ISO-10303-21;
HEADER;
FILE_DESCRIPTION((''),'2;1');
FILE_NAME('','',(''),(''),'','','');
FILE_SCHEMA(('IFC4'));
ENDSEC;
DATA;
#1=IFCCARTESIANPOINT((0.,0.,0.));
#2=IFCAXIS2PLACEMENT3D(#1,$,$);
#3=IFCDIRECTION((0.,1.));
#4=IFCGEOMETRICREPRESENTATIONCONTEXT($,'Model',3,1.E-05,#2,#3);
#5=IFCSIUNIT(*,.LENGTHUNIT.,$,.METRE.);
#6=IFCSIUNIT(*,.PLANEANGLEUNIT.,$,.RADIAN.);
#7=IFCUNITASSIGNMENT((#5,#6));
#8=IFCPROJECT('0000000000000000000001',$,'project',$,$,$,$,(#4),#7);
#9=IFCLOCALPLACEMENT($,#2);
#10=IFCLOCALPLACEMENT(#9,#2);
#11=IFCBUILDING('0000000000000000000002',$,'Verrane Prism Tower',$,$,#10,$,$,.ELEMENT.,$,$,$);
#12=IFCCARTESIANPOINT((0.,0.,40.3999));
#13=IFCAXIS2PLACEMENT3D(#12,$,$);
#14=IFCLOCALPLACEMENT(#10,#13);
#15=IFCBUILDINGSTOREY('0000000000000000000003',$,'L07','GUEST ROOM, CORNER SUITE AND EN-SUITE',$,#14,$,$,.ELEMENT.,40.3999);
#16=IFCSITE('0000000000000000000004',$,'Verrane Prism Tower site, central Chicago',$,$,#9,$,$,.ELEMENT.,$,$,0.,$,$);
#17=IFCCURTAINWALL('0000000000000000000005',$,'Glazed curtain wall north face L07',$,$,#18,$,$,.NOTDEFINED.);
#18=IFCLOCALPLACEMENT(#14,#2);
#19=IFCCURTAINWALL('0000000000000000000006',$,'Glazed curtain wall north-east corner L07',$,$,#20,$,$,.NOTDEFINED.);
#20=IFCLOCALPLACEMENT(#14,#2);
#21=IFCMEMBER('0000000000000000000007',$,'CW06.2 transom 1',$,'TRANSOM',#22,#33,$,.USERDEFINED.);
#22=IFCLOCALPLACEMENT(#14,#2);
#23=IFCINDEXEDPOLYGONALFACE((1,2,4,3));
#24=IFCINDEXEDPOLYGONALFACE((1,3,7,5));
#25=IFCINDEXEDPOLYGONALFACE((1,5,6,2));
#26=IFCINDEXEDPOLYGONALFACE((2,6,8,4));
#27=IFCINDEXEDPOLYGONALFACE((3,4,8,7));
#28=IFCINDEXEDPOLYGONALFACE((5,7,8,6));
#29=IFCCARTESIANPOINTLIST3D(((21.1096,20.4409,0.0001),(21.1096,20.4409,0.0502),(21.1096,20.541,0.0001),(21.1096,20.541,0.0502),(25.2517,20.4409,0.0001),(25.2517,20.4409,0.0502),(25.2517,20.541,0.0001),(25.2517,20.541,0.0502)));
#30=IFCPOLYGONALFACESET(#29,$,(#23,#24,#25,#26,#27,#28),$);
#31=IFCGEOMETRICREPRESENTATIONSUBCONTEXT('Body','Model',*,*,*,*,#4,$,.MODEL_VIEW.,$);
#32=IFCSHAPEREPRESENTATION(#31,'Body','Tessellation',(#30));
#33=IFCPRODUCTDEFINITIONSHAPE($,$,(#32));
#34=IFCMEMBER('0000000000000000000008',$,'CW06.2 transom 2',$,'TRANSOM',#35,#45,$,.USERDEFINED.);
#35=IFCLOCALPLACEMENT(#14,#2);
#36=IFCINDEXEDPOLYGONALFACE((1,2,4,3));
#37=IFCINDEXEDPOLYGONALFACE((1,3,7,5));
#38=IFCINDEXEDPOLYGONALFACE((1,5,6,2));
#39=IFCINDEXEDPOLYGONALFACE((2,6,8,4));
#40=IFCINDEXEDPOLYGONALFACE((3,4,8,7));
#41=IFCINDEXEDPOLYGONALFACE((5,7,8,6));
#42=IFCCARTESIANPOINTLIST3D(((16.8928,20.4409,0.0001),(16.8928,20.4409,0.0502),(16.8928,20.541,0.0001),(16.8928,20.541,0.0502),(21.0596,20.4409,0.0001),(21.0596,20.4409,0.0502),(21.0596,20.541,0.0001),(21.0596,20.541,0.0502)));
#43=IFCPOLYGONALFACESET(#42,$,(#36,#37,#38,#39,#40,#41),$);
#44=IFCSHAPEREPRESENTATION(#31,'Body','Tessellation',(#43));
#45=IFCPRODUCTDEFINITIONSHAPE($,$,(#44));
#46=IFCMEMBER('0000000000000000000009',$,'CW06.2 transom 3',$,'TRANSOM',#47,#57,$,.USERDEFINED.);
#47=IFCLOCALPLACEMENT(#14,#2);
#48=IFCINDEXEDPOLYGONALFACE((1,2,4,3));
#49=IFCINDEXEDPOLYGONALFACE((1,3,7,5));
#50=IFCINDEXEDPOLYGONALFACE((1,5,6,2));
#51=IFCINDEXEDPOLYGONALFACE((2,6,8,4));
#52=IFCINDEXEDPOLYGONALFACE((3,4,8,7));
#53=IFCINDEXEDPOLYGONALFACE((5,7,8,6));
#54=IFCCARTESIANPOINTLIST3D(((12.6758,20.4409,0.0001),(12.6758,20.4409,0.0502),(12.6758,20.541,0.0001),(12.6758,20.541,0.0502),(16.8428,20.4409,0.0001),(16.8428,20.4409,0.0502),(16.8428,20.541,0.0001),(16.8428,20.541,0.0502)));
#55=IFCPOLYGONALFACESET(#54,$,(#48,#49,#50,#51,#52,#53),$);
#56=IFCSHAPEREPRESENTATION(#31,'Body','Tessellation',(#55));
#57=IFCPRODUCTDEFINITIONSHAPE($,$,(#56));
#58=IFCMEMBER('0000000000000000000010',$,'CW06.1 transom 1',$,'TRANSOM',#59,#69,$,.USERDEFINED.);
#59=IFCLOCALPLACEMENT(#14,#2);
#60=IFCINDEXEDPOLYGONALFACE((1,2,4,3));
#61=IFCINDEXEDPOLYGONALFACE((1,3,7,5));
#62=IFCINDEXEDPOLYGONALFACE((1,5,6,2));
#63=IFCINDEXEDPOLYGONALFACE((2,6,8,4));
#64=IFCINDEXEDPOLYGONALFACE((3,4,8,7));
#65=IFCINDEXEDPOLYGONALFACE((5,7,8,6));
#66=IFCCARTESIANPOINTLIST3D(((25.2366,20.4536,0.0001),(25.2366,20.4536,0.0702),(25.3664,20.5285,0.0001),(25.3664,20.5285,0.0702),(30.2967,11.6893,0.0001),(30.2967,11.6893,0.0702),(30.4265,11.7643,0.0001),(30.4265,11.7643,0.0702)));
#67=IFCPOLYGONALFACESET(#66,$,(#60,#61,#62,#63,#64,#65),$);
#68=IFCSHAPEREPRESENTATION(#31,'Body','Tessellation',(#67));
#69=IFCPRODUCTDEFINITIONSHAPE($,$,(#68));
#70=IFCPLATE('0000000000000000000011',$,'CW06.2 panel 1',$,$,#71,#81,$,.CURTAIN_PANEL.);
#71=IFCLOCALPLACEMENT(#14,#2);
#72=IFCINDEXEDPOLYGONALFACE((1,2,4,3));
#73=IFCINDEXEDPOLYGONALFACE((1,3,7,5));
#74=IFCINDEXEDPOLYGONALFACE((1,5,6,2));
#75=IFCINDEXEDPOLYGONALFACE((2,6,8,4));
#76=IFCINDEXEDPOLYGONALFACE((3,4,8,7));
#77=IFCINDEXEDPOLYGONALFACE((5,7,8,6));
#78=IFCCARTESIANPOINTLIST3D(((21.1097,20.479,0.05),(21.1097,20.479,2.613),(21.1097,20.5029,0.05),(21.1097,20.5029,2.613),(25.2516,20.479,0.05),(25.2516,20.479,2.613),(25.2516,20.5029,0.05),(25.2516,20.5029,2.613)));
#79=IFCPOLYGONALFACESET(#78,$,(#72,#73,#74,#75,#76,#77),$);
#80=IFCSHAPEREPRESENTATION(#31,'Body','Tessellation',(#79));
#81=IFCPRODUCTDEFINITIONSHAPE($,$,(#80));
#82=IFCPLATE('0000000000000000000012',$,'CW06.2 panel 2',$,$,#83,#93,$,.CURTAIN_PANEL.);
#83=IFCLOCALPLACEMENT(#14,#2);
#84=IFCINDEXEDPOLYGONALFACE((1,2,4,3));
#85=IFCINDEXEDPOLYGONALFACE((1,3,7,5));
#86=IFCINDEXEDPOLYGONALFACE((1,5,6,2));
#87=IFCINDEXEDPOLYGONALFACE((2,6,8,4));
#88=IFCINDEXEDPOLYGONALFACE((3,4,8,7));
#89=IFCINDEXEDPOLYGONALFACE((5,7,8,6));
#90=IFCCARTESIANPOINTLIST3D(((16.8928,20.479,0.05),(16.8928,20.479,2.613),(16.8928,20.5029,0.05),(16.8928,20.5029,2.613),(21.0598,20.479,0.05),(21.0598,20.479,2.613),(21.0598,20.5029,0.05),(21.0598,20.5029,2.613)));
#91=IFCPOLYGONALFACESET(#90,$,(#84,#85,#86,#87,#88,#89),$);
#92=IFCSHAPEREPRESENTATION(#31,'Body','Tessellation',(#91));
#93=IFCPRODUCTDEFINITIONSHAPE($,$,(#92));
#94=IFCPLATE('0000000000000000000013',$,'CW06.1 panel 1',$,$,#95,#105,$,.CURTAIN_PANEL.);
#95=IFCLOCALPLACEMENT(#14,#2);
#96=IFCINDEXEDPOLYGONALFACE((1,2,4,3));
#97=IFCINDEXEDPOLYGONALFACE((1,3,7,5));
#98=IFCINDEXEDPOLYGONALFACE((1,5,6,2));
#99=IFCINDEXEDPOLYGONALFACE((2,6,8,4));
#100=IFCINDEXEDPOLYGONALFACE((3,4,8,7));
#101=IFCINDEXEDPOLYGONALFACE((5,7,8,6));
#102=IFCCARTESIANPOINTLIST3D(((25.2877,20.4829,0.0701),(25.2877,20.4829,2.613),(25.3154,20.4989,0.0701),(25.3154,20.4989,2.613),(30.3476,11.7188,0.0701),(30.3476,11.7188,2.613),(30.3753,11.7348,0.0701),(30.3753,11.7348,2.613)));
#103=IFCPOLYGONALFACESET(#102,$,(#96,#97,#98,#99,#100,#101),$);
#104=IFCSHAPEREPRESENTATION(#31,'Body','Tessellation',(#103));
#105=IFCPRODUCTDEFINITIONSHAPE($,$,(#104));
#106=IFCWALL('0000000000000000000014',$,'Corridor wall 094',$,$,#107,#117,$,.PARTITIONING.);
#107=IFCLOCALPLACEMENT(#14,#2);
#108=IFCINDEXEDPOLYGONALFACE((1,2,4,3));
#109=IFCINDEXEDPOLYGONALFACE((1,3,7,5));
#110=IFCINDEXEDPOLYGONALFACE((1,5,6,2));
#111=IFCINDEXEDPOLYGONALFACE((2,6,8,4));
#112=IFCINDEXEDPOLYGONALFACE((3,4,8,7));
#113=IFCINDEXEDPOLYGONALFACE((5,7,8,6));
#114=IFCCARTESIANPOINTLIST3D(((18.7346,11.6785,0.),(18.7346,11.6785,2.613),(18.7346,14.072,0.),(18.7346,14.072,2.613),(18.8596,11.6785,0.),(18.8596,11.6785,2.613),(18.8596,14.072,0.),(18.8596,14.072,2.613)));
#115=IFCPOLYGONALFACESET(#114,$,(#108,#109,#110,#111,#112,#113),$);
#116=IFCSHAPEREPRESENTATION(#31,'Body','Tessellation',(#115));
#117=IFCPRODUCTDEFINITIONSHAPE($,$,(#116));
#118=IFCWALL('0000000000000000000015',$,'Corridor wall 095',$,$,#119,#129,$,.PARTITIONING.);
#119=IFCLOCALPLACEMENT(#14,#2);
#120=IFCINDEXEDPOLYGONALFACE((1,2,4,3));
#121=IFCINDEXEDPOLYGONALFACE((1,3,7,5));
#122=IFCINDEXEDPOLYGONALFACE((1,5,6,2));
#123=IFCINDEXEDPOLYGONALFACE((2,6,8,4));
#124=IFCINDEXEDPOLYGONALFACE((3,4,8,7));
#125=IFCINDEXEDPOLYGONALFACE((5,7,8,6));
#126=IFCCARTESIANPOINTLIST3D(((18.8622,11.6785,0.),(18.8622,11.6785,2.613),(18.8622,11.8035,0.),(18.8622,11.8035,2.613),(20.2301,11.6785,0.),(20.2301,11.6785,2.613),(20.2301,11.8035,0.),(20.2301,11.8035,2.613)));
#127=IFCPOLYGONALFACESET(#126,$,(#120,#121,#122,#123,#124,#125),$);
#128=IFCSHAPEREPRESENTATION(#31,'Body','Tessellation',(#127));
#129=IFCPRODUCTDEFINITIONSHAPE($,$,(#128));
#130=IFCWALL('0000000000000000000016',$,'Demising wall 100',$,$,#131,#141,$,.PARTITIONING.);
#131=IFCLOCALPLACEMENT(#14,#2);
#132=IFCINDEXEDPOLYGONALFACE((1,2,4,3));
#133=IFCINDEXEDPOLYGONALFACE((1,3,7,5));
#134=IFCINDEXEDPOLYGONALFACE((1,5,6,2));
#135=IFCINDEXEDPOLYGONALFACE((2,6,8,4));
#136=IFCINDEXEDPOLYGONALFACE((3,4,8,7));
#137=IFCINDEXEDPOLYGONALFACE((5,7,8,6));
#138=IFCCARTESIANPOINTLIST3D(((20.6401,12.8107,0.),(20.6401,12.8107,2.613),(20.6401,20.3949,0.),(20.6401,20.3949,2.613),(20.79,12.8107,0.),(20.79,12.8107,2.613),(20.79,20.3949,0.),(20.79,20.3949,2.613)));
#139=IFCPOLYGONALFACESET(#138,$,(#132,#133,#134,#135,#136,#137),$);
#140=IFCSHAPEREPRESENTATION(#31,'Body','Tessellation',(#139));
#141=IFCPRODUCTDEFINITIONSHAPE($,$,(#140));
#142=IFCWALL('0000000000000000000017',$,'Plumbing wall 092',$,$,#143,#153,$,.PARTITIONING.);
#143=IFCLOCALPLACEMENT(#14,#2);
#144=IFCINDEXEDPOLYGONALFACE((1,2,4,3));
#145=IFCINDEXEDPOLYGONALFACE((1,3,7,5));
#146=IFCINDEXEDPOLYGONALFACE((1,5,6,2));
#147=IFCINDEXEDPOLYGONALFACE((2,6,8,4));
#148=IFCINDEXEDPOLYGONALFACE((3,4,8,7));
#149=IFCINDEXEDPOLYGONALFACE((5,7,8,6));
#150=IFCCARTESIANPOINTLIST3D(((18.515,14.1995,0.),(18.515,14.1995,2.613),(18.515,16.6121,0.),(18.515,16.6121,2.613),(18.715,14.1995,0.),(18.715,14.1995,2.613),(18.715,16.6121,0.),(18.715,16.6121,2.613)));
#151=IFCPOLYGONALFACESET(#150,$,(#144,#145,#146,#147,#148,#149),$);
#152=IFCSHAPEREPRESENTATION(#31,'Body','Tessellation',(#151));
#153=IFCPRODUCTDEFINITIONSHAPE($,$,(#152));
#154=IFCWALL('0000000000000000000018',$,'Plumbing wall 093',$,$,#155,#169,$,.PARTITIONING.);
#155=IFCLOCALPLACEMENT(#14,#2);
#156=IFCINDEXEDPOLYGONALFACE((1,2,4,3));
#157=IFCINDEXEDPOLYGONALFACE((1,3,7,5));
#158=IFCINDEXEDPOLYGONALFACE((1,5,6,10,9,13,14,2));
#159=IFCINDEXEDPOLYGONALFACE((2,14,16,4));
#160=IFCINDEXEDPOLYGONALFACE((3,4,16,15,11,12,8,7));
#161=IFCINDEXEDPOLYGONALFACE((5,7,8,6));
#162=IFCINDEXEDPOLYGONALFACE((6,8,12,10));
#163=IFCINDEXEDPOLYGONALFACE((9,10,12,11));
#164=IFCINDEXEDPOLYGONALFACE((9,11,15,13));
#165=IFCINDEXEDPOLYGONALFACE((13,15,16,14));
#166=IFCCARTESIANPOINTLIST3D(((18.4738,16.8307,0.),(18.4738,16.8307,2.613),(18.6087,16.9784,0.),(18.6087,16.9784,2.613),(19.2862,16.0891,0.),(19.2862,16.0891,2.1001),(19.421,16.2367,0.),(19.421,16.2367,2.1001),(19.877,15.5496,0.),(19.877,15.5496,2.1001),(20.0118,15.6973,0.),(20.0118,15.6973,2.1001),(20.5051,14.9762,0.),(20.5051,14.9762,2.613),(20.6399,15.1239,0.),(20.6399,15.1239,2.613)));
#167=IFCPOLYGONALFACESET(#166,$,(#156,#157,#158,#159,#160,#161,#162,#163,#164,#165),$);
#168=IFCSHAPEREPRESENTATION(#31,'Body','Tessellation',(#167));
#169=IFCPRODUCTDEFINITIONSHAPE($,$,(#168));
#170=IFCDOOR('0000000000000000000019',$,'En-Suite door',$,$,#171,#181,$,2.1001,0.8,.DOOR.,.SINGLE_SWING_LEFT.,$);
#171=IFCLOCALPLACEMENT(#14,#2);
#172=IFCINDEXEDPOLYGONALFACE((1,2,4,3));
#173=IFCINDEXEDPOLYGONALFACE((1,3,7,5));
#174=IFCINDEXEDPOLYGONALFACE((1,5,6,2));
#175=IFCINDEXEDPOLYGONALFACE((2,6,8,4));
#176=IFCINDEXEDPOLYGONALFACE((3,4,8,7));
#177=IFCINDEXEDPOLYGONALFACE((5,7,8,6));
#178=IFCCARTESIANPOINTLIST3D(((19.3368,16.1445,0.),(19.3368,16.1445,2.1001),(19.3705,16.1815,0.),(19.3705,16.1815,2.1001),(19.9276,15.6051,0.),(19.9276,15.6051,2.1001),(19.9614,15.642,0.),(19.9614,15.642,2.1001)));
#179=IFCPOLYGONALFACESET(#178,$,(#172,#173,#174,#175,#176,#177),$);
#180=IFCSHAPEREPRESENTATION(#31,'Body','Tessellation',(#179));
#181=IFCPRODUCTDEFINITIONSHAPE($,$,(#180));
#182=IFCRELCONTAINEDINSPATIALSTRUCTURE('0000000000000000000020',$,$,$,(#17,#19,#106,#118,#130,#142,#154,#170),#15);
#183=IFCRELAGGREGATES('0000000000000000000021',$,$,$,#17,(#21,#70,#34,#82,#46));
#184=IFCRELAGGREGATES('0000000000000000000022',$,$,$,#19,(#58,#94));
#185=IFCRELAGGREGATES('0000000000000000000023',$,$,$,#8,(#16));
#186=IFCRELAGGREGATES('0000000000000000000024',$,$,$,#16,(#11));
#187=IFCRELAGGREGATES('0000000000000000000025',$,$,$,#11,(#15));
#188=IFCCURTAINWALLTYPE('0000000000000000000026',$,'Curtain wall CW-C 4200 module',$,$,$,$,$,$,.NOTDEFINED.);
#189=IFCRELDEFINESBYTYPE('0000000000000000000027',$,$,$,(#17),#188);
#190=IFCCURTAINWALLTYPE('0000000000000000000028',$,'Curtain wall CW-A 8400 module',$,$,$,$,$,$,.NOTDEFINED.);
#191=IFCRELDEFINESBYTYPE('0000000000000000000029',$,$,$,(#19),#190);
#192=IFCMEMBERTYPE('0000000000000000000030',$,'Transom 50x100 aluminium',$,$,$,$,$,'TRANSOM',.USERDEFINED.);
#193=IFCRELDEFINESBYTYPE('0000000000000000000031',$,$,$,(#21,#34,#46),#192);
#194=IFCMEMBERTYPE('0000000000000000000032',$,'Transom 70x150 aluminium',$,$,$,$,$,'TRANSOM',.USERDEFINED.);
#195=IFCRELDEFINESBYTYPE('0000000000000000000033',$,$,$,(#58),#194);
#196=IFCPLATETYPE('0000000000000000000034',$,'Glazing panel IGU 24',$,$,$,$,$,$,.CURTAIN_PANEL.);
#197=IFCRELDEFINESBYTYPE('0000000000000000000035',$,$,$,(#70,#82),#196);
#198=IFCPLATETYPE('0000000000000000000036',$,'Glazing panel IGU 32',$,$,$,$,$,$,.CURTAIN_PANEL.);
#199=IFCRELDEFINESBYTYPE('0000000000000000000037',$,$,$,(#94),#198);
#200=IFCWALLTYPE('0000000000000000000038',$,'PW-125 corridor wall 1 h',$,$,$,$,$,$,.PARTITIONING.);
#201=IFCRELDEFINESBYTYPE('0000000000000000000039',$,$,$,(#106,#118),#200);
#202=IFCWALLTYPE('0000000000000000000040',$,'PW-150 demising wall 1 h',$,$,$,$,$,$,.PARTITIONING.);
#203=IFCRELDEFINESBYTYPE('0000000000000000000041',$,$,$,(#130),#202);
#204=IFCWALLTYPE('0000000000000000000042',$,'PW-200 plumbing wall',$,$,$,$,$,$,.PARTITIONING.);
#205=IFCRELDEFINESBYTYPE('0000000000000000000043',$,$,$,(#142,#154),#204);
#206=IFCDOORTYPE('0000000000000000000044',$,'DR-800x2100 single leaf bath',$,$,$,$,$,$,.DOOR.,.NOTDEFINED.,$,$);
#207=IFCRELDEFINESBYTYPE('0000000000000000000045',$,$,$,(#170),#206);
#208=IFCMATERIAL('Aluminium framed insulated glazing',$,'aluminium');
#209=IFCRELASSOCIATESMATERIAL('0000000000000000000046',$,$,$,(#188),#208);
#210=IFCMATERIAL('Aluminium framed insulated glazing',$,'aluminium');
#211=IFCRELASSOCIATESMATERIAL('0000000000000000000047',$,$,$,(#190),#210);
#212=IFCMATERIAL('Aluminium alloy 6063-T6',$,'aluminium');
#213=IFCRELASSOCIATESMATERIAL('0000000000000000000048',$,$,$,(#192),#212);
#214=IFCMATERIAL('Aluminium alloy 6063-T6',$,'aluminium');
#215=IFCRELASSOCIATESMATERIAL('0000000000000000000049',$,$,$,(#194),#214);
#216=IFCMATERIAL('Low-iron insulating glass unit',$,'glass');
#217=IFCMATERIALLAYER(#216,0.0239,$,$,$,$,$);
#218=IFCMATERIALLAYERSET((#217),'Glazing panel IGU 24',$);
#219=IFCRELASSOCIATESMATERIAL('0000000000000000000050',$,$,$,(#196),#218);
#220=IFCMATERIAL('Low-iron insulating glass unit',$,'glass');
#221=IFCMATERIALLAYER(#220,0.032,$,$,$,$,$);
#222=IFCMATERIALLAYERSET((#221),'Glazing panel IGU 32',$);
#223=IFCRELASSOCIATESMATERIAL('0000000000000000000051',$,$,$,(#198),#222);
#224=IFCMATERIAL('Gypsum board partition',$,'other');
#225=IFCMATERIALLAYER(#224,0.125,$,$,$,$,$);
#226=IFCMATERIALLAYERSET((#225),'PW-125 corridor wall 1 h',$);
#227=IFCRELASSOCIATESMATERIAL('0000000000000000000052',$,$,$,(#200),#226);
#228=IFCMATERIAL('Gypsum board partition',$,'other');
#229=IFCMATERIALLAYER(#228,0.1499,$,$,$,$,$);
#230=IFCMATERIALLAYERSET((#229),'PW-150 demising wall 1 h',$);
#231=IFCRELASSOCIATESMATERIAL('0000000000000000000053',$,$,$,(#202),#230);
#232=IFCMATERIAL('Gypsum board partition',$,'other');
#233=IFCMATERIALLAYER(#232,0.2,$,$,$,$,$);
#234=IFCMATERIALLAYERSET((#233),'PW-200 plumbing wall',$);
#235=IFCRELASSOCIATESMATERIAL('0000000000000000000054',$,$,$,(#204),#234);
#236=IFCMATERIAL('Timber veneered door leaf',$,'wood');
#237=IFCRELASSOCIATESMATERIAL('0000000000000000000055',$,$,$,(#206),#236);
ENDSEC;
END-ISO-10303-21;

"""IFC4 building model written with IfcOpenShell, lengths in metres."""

from ifc_helpers import new_model, si_unit, direction, frame, frame_2d, origin, origin_2d, place, context, subcontext, project, spatial, rectangle, extrude, material, layer, layer_set, material_profile, profile_set, type_object, element, fill, aggregate, save


model = new_model("IFC4")

# Units and contexts
model_context = context("Model", 3, precision=1e-05, world=origin(), true_north=direction((0.0, 1.0)))
body_context = subcontext(model_context, "Body", "Model", "MODEL_VIEW")
ifc_project = project(units=[si_unit("LENGTHUNIT", "METRE"), si_unit("PLANEANGLEUNIT", "RADIAN")], contexts=[model_context])

# Site, building, storey
site_placement = place(None, origin())
site = spatial("IfcSite", under=ifc_project, at=site_placement, Name="Verrane Prism Tower site, central Chicago", CompositionType="ELEMENT", RefElevation=0.0)
building_placement = place(site_placement, origin())
building = spatial("IfcBuilding", under=site, at=building_placement, Name="Verrane Prism Tower", CompositionType="ELEMENT")
storey_placement = place(building_placement, frame((0.0, 0.0, 40.3999)))
storey = spatial("IfcBuildingStorey", under=building, at=storey_placement, Name="L07", Description="GUEST ROOM, CORNER SUITE AND EN-SUITE", CompositionType="ELEMENT", Elevation=40.3999)

# Curtain wall
ifc_material_1 = material(Name="Aluminium framed insulated glazing", Category="aluminium")
curtain_wall_type_1 = type_object("IfcCurtainWallType", Name="Curtain wall CW-C 4200 module", PredefinedType="NOTDEFINED", material=ifc_material_1)
curtain_wall_1_placement = place(storey_placement, origin())
curtain_wall_1 = element("IfcCurtainWall", 1, at=curtain_wall_1_placement, inside=storey, type_object=curtain_wall_type_1, Name="Glazed curtain wall north face L07", PredefinedType="NOTDEFINED")

# Curtain wall
ifc_material_2 = material(Name="Aluminium framed insulated glazing", Category="aluminium")
curtain_wall_type_2 = type_object("IfcCurtainWallType", Name="Curtain wall CW-A 8400 module", PredefinedType="NOTDEFINED", material=ifc_material_2)
curtain_wall_2_placement = place(storey_placement, origin())
curtain_wall_2 = element("IfcCurtainWall", 2, at=curtain_wall_2_placement, inside=storey, type_object=curtain_wall_type_2, Name="Glazed curtain wall north-east corner L07", PredefinedType="NOTDEFINED")

# Members
ifc_material_3 = material(Name="Aluminium alloy 6063-T6", Category="aluminium")
ifc_material_profile_1 = material_profile(ifc_material_3, rectangle(XDim=0.1001, YDim=0.05, at=origin_2d()), Name="Transom 50x100 aluminium")
ifc_profile_set_1 = profile_set([ifc_material_profile_1], Name="Aluminium alloy 6063-T6")
member_type_1 = type_object("IfcMemberType", Name="Transom 50x100 aluminium", ElementType="TRANSOM", PredefinedType="USERDEFINED", material=ifc_profile_set_1)
member_1_placement = place(storey_placement, frame((25.2517, 20.491, 0.0251), z_axis=(-1.0, 0.0, 0.0), x_axis=(0.0, -1.0, 0.0)))
member_1 = element("IfcMember", 3, at=member_1_placement, type_object=member_type_1, Name="CW06.2 transom 1", ObjectType="TRANSOM", PredefinedType="USERDEFINED", context=body_context, shape_type="SweptSolid", body=[
    extrude(rectangle(XDim=0.1001, YDim=0.05, at=origin_2d()), origin(), (0.0, 0.0, 1.0), 4.1421),
])
member_2_placement = place(storey_placement, frame((21.0596, 20.491, 0.0251), z_axis=(-1.0, 0.0, 0.0), x_axis=(0.0, -1.0, 0.0)))
member_2 = element("IfcMember", 4, at=member_2_placement, type_object=member_type_1, Name="CW06.2 transom 2", ObjectType="TRANSOM", PredefinedType="USERDEFINED", context=body_context, shape_type="SweptSolid", body=[
    extrude(rectangle(XDim=0.1001, YDim=0.05, at=origin_2d()), origin(), (0.0, 0.0, 1.0), 4.1667),
])
member_3_placement = place(storey_placement, frame((16.8428, 20.491, 0.0251), z_axis=(-1.0, 0.0, 0.0), x_axis=(0.0, -1.0, 0.0)))
member_3 = element("IfcMember", 5, at=member_3_placement, type_object=member_type_1, Name="CW06.2 transom 3", ObjectType="TRANSOM", PredefinedType="USERDEFINED", context=body_context, shape_type="SweptSolid", body=[
    extrude(rectangle(XDim=0.1001, YDim=0.05, at=origin_2d()), origin(), (0.0, 0.0, 1.0), 4.167),
])
ifc_material_4 = material(Name="Aluminium alloy 6063-T6", Category="aluminium")
ifc_material_profile_2 = material_profile(ifc_material_4, rectangle(XDim=0.1499, YDim=0.0701, at=origin_2d()), Name="Transom 70x150 aluminium")
ifc_profile_set_2 = profile_set([ifc_material_profile_2], Name="Aluminium alloy 6063-T6")
member_type_2 = type_object("IfcMemberType", Name="Transom 70x150 aluminium", ElementType="TRANSOM", PredefinedType="USERDEFINED", material=ifc_profile_set_2)
member_4_placement = place(storey_placement, frame((30.3616, 11.7268, 0.0352), z_axis=(-0.500005, 0.866022, 0.0), x_axis=(-0.866022, -0.500005, 0.0)))
member_4 = element("IfcMember", 6, at=member_4_placement, type_object=member_type_2, Name="CW06.1 transom 1", ObjectType="TRANSOM", PredefinedType="USERDEFINED", context=body_context, shape_type="SweptSolid", body=[
    extrude(rectangle(XDim=0.1499, YDim=0.0701, at=origin_2d()), origin(), (0.0, 0.0, 1.0), 10.1201),
])

# Plates
ifc_material_5 = material(Name="Low-iron insulating glass unit", Category="glass")
ifc_layer_1 = layer(ifc_material_5, 0.0239)
ifc_layer_set_1 = layer_set([ifc_layer_1], Name="Glazing panel IGU 24")
plate_type_1 = type_object("IfcPlateType", Name="Glazing panel IGU 24", PredefinedType="CURTAIN_PANEL", material=ifc_layer_set_1)
plate_1_placement = place(storey_placement, frame((23.1807, 20.491, 0.05), z_axis=(0.0, 0.0, 1.0), x_axis=(-1.0, 0.0, 0.0)))
plate_1 = element("IfcPlate", 7, at=plate_1_placement, type_object=plate_type_1, Name="CW06.2 panel 1", PredefinedType="CURTAIN_PANEL", context=body_context, shape_type="SweptSolid", body=[
    extrude(rectangle(XDim=4.1418, YDim=0.0239, at=origin_2d()), origin(), (0.0, 0.0, 1.0), 2.563),
])
plate_2_placement = place(storey_placement, frame((18.9763, 20.491, 0.05), z_axis=(0.0, 0.0, 1.0), x_axis=(-1.0, 0.0, 0.0)))
plate_2 = element("IfcPlate", 8, at=plate_2_placement, type_object=plate_type_1, Name="CW06.2 panel 2", PredefinedType="CURTAIN_PANEL", context=body_context, shape_type="SweptSolid", body=[
    extrude(rectangle(XDim=4.167, YDim=0.0239, at=origin_2d()), origin(), (0.0, 0.0, 1.0), 2.563),
])
aggregate(curtain_wall_1, [member_1, plate_1, member_2, plate_2, member_3])
ifc_material_6 = material(Name="Low-iron insulating glass unit", Category="glass")
ifc_layer_2 = layer(ifc_material_6, 0.032)
ifc_layer_set_2 = layer_set([ifc_layer_2], Name="Glazing panel IGU 32")
plate_type_2 = type_object("IfcPlateType", Name="Glazing panel IGU 32", PredefinedType="CURTAIN_PANEL", material=ifc_layer_set_2)
plate_3_placement = place(storey_placement, frame((27.8315, 16.1089, 0.0701), z_axis=(0.0, 0.0, 1.0), x_axis=(-0.499997, 0.866027, 0.0)))
plate_3 = element("IfcPlate", 9, at=plate_3_placement, type_object=plate_type_2, Name="CW06.1 panel 1", PredefinedType="CURTAIN_PANEL", context=body_context, shape_type="SweptSolid", body=[
    extrude(rectangle(XDim=10.1199, YDim=0.032, at=origin_2d()), origin(), (0.0, 0.0, 1.0), 2.543),
])
aggregate(curtain_wall_2, [member_4, plate_3])

# Walls
ifc_material_7 = material(Name="Gypsum board partition", Category="other")
ifc_layer_3 = layer(ifc_material_7, 0.125)
ifc_layer_set_3 = layer_set([ifc_layer_3], Name="PW-125 corridor wall 1 h")
wall_type_1 = type_object("IfcWallType", Name="PW-125 corridor wall 1 h", PredefinedType="PARTITIONING", material=ifc_layer_set_3)
wall_1_placement = place(storey_placement, frame((18.7971, 11.6785, 0.0), z_axis=(0.0, 0.0, 1.0), x_axis=(0.0, 1.0, 0.0)))
element("IfcWall", 10, at=wall_1_placement, inside=storey, type_object=wall_type_1, Name="Corridor wall 094", PredefinedType="PARTITIONING", context=body_context, shape_type="SweptSolid", body=[
    extrude(rectangle(XDim=2.3936, YDim=0.125, at=frame_2d((1.1968, 0.0))), origin(), (0.0, 0.0, 1.0), 2.613),
])
wall_2_placement = place(storey_placement, frame((18.8621, 11.741, 0.0), z_axis=(0.0, 0.0, 1.0), x_axis=(1.0, 0.0, 0.0)))
element("IfcWall", 11, at=wall_2_placement, inside=storey, type_object=wall_type_1, Name="Corridor wall 095", PredefinedType="PARTITIONING", context=body_context, shape_type="SweptSolid", body=[
    extrude(rectangle(XDim=1.3679, YDim=0.125, at=frame_2d((0.6841, 0.0))), origin(), (0.0, 0.0, 1.0), 2.613),
])
ifc_material_8 = material(Name="Gypsum board partition", Category="other")
ifc_layer_4 = layer(ifc_material_8, 0.1499)
ifc_layer_set_4 = layer_set([ifc_layer_4], Name="PW-150 demising wall 1 h")
wall_type_2 = type_object("IfcWallType", Name="PW-150 demising wall 1 h", PredefinedType="PARTITIONING", material=ifc_layer_set_4)
wall_3_placement = place(storey_placement, frame((20.7151, 12.8108, 0.0), z_axis=(0.0, 0.0, 1.0), x_axis=(0.0, 1.0, 0.0)))
element("IfcWall", 12, at=wall_3_placement, inside=storey, type_object=wall_type_2, Name="Demising wall 100", PredefinedType="PARTITIONING", context=body_context, shape_type="SweptSolid", body=[
    extrude(rectangle(XDim=7.5842, YDim=0.1499, at=frame_2d((3.792, 0.0))), origin(), (0.0, 0.0, 1.0), 2.613),
])
ifc_material_9 = material(Name="Gypsum board partition", Category="other")
ifc_layer_5 = layer(ifc_material_9, 0.2)
ifc_layer_set_5 = layer_set([ifc_layer_5], Name="PW-200 plumbing wall")
wall_type_3 = type_object("IfcWallType", Name="PW-200 plumbing wall", PredefinedType="PARTITIONING", material=ifc_layer_set_5)
wall_4_placement = place(storey_placement, frame((18.615, 14.1995, 0.0), z_axis=(0.0, 0.0, 1.0), x_axis=(0.0, 1.0, 0.0)))
element("IfcWall", 13, at=wall_4_placement, inside=storey, type_object=wall_type_3, Name="Plumbing wall 092", PredefinedType="PARTITIONING", context=body_context, shape_type="SweptSolid", body=[
    extrude(rectangle(XDim=2.4126, YDim=0.2, at=frame_2d((1.2063, 0.0))), origin(), (0.0, 0.0, 1.0), 2.613),
])

# Wall, opening, door
wall_5_placement = place(storey_placement, frame((20.5725, 15.05, 0.0), z_axis=(0.0, 0.0, 1.0), x_axis=(-0.738509, 0.674244, 0.0)))
wall_5 = element("IfcWall", 14, at=wall_5_placement, inside=storey, type_object=wall_type_3, Name="Plumbing wall 093", PredefinedType="PARTITIONING", context=body_context, shape_type="SweptSolid", body=[
    extrude(rectangle(XDim=2.7505, YDim=0.2, at=frame_2d((1.3752, 0.0))), origin(), (0.0, 0.0, 1.0), 2.613),
])
opening_placement = place(wall_5_placement, frame((0.8506, 0.0, 0.0)))
opening = element("IfcOpeningElement", 15, at=opening_placement, cuts=wall_5, PredefinedType="OPENING", context=body_context, shape_type="SweptSolid", body=[
    extrude(rectangle(XDim=0.8, YDim=2.1001, at=frame_2d((0.3999, 1.05))), frame((0.0, 0.1099, 0.0), z_axis=(0.0, -1.0, 0.0), x_axis=(1.0, 0.0, 0.0)), (0.0, 0.0, 1.0), 0.22),
])
ifc_material_10 = material(Name="Timber veneered door leaf", Category="wood")
door_type = type_object("IfcDoorType", Name="DR-800x2100 single leaf bath", OperationType="NOTDEFINED", PredefinedType="DOOR", material=ifc_material_10)
door_placement = place(opening_placement, origin())
door = element("IfcDoor", 16, at=door_placement, inside=storey, type_object=door_type, Name="En-Suite door", OperationType="SINGLE_SWING_LEFT", OverallHeight=2.1001, OverallWidth=0.8, PredefinedType="DOOR", context=body_context, shape_type="SweptSolid", body=[
    extrude(rectangle(XDim=0.8, YDim=2.1001, at=frame_2d((0.3999, 1.05))), frame((0.0, 0.0249, 0.0), z_axis=(0.0, -1.0, 0.0), x_axis=(1.0, 0.0, 0.0)), (0.0, 0.0, 1.0), 0.05),
])
fill(opening, door)

save(model, "model.ifc")
